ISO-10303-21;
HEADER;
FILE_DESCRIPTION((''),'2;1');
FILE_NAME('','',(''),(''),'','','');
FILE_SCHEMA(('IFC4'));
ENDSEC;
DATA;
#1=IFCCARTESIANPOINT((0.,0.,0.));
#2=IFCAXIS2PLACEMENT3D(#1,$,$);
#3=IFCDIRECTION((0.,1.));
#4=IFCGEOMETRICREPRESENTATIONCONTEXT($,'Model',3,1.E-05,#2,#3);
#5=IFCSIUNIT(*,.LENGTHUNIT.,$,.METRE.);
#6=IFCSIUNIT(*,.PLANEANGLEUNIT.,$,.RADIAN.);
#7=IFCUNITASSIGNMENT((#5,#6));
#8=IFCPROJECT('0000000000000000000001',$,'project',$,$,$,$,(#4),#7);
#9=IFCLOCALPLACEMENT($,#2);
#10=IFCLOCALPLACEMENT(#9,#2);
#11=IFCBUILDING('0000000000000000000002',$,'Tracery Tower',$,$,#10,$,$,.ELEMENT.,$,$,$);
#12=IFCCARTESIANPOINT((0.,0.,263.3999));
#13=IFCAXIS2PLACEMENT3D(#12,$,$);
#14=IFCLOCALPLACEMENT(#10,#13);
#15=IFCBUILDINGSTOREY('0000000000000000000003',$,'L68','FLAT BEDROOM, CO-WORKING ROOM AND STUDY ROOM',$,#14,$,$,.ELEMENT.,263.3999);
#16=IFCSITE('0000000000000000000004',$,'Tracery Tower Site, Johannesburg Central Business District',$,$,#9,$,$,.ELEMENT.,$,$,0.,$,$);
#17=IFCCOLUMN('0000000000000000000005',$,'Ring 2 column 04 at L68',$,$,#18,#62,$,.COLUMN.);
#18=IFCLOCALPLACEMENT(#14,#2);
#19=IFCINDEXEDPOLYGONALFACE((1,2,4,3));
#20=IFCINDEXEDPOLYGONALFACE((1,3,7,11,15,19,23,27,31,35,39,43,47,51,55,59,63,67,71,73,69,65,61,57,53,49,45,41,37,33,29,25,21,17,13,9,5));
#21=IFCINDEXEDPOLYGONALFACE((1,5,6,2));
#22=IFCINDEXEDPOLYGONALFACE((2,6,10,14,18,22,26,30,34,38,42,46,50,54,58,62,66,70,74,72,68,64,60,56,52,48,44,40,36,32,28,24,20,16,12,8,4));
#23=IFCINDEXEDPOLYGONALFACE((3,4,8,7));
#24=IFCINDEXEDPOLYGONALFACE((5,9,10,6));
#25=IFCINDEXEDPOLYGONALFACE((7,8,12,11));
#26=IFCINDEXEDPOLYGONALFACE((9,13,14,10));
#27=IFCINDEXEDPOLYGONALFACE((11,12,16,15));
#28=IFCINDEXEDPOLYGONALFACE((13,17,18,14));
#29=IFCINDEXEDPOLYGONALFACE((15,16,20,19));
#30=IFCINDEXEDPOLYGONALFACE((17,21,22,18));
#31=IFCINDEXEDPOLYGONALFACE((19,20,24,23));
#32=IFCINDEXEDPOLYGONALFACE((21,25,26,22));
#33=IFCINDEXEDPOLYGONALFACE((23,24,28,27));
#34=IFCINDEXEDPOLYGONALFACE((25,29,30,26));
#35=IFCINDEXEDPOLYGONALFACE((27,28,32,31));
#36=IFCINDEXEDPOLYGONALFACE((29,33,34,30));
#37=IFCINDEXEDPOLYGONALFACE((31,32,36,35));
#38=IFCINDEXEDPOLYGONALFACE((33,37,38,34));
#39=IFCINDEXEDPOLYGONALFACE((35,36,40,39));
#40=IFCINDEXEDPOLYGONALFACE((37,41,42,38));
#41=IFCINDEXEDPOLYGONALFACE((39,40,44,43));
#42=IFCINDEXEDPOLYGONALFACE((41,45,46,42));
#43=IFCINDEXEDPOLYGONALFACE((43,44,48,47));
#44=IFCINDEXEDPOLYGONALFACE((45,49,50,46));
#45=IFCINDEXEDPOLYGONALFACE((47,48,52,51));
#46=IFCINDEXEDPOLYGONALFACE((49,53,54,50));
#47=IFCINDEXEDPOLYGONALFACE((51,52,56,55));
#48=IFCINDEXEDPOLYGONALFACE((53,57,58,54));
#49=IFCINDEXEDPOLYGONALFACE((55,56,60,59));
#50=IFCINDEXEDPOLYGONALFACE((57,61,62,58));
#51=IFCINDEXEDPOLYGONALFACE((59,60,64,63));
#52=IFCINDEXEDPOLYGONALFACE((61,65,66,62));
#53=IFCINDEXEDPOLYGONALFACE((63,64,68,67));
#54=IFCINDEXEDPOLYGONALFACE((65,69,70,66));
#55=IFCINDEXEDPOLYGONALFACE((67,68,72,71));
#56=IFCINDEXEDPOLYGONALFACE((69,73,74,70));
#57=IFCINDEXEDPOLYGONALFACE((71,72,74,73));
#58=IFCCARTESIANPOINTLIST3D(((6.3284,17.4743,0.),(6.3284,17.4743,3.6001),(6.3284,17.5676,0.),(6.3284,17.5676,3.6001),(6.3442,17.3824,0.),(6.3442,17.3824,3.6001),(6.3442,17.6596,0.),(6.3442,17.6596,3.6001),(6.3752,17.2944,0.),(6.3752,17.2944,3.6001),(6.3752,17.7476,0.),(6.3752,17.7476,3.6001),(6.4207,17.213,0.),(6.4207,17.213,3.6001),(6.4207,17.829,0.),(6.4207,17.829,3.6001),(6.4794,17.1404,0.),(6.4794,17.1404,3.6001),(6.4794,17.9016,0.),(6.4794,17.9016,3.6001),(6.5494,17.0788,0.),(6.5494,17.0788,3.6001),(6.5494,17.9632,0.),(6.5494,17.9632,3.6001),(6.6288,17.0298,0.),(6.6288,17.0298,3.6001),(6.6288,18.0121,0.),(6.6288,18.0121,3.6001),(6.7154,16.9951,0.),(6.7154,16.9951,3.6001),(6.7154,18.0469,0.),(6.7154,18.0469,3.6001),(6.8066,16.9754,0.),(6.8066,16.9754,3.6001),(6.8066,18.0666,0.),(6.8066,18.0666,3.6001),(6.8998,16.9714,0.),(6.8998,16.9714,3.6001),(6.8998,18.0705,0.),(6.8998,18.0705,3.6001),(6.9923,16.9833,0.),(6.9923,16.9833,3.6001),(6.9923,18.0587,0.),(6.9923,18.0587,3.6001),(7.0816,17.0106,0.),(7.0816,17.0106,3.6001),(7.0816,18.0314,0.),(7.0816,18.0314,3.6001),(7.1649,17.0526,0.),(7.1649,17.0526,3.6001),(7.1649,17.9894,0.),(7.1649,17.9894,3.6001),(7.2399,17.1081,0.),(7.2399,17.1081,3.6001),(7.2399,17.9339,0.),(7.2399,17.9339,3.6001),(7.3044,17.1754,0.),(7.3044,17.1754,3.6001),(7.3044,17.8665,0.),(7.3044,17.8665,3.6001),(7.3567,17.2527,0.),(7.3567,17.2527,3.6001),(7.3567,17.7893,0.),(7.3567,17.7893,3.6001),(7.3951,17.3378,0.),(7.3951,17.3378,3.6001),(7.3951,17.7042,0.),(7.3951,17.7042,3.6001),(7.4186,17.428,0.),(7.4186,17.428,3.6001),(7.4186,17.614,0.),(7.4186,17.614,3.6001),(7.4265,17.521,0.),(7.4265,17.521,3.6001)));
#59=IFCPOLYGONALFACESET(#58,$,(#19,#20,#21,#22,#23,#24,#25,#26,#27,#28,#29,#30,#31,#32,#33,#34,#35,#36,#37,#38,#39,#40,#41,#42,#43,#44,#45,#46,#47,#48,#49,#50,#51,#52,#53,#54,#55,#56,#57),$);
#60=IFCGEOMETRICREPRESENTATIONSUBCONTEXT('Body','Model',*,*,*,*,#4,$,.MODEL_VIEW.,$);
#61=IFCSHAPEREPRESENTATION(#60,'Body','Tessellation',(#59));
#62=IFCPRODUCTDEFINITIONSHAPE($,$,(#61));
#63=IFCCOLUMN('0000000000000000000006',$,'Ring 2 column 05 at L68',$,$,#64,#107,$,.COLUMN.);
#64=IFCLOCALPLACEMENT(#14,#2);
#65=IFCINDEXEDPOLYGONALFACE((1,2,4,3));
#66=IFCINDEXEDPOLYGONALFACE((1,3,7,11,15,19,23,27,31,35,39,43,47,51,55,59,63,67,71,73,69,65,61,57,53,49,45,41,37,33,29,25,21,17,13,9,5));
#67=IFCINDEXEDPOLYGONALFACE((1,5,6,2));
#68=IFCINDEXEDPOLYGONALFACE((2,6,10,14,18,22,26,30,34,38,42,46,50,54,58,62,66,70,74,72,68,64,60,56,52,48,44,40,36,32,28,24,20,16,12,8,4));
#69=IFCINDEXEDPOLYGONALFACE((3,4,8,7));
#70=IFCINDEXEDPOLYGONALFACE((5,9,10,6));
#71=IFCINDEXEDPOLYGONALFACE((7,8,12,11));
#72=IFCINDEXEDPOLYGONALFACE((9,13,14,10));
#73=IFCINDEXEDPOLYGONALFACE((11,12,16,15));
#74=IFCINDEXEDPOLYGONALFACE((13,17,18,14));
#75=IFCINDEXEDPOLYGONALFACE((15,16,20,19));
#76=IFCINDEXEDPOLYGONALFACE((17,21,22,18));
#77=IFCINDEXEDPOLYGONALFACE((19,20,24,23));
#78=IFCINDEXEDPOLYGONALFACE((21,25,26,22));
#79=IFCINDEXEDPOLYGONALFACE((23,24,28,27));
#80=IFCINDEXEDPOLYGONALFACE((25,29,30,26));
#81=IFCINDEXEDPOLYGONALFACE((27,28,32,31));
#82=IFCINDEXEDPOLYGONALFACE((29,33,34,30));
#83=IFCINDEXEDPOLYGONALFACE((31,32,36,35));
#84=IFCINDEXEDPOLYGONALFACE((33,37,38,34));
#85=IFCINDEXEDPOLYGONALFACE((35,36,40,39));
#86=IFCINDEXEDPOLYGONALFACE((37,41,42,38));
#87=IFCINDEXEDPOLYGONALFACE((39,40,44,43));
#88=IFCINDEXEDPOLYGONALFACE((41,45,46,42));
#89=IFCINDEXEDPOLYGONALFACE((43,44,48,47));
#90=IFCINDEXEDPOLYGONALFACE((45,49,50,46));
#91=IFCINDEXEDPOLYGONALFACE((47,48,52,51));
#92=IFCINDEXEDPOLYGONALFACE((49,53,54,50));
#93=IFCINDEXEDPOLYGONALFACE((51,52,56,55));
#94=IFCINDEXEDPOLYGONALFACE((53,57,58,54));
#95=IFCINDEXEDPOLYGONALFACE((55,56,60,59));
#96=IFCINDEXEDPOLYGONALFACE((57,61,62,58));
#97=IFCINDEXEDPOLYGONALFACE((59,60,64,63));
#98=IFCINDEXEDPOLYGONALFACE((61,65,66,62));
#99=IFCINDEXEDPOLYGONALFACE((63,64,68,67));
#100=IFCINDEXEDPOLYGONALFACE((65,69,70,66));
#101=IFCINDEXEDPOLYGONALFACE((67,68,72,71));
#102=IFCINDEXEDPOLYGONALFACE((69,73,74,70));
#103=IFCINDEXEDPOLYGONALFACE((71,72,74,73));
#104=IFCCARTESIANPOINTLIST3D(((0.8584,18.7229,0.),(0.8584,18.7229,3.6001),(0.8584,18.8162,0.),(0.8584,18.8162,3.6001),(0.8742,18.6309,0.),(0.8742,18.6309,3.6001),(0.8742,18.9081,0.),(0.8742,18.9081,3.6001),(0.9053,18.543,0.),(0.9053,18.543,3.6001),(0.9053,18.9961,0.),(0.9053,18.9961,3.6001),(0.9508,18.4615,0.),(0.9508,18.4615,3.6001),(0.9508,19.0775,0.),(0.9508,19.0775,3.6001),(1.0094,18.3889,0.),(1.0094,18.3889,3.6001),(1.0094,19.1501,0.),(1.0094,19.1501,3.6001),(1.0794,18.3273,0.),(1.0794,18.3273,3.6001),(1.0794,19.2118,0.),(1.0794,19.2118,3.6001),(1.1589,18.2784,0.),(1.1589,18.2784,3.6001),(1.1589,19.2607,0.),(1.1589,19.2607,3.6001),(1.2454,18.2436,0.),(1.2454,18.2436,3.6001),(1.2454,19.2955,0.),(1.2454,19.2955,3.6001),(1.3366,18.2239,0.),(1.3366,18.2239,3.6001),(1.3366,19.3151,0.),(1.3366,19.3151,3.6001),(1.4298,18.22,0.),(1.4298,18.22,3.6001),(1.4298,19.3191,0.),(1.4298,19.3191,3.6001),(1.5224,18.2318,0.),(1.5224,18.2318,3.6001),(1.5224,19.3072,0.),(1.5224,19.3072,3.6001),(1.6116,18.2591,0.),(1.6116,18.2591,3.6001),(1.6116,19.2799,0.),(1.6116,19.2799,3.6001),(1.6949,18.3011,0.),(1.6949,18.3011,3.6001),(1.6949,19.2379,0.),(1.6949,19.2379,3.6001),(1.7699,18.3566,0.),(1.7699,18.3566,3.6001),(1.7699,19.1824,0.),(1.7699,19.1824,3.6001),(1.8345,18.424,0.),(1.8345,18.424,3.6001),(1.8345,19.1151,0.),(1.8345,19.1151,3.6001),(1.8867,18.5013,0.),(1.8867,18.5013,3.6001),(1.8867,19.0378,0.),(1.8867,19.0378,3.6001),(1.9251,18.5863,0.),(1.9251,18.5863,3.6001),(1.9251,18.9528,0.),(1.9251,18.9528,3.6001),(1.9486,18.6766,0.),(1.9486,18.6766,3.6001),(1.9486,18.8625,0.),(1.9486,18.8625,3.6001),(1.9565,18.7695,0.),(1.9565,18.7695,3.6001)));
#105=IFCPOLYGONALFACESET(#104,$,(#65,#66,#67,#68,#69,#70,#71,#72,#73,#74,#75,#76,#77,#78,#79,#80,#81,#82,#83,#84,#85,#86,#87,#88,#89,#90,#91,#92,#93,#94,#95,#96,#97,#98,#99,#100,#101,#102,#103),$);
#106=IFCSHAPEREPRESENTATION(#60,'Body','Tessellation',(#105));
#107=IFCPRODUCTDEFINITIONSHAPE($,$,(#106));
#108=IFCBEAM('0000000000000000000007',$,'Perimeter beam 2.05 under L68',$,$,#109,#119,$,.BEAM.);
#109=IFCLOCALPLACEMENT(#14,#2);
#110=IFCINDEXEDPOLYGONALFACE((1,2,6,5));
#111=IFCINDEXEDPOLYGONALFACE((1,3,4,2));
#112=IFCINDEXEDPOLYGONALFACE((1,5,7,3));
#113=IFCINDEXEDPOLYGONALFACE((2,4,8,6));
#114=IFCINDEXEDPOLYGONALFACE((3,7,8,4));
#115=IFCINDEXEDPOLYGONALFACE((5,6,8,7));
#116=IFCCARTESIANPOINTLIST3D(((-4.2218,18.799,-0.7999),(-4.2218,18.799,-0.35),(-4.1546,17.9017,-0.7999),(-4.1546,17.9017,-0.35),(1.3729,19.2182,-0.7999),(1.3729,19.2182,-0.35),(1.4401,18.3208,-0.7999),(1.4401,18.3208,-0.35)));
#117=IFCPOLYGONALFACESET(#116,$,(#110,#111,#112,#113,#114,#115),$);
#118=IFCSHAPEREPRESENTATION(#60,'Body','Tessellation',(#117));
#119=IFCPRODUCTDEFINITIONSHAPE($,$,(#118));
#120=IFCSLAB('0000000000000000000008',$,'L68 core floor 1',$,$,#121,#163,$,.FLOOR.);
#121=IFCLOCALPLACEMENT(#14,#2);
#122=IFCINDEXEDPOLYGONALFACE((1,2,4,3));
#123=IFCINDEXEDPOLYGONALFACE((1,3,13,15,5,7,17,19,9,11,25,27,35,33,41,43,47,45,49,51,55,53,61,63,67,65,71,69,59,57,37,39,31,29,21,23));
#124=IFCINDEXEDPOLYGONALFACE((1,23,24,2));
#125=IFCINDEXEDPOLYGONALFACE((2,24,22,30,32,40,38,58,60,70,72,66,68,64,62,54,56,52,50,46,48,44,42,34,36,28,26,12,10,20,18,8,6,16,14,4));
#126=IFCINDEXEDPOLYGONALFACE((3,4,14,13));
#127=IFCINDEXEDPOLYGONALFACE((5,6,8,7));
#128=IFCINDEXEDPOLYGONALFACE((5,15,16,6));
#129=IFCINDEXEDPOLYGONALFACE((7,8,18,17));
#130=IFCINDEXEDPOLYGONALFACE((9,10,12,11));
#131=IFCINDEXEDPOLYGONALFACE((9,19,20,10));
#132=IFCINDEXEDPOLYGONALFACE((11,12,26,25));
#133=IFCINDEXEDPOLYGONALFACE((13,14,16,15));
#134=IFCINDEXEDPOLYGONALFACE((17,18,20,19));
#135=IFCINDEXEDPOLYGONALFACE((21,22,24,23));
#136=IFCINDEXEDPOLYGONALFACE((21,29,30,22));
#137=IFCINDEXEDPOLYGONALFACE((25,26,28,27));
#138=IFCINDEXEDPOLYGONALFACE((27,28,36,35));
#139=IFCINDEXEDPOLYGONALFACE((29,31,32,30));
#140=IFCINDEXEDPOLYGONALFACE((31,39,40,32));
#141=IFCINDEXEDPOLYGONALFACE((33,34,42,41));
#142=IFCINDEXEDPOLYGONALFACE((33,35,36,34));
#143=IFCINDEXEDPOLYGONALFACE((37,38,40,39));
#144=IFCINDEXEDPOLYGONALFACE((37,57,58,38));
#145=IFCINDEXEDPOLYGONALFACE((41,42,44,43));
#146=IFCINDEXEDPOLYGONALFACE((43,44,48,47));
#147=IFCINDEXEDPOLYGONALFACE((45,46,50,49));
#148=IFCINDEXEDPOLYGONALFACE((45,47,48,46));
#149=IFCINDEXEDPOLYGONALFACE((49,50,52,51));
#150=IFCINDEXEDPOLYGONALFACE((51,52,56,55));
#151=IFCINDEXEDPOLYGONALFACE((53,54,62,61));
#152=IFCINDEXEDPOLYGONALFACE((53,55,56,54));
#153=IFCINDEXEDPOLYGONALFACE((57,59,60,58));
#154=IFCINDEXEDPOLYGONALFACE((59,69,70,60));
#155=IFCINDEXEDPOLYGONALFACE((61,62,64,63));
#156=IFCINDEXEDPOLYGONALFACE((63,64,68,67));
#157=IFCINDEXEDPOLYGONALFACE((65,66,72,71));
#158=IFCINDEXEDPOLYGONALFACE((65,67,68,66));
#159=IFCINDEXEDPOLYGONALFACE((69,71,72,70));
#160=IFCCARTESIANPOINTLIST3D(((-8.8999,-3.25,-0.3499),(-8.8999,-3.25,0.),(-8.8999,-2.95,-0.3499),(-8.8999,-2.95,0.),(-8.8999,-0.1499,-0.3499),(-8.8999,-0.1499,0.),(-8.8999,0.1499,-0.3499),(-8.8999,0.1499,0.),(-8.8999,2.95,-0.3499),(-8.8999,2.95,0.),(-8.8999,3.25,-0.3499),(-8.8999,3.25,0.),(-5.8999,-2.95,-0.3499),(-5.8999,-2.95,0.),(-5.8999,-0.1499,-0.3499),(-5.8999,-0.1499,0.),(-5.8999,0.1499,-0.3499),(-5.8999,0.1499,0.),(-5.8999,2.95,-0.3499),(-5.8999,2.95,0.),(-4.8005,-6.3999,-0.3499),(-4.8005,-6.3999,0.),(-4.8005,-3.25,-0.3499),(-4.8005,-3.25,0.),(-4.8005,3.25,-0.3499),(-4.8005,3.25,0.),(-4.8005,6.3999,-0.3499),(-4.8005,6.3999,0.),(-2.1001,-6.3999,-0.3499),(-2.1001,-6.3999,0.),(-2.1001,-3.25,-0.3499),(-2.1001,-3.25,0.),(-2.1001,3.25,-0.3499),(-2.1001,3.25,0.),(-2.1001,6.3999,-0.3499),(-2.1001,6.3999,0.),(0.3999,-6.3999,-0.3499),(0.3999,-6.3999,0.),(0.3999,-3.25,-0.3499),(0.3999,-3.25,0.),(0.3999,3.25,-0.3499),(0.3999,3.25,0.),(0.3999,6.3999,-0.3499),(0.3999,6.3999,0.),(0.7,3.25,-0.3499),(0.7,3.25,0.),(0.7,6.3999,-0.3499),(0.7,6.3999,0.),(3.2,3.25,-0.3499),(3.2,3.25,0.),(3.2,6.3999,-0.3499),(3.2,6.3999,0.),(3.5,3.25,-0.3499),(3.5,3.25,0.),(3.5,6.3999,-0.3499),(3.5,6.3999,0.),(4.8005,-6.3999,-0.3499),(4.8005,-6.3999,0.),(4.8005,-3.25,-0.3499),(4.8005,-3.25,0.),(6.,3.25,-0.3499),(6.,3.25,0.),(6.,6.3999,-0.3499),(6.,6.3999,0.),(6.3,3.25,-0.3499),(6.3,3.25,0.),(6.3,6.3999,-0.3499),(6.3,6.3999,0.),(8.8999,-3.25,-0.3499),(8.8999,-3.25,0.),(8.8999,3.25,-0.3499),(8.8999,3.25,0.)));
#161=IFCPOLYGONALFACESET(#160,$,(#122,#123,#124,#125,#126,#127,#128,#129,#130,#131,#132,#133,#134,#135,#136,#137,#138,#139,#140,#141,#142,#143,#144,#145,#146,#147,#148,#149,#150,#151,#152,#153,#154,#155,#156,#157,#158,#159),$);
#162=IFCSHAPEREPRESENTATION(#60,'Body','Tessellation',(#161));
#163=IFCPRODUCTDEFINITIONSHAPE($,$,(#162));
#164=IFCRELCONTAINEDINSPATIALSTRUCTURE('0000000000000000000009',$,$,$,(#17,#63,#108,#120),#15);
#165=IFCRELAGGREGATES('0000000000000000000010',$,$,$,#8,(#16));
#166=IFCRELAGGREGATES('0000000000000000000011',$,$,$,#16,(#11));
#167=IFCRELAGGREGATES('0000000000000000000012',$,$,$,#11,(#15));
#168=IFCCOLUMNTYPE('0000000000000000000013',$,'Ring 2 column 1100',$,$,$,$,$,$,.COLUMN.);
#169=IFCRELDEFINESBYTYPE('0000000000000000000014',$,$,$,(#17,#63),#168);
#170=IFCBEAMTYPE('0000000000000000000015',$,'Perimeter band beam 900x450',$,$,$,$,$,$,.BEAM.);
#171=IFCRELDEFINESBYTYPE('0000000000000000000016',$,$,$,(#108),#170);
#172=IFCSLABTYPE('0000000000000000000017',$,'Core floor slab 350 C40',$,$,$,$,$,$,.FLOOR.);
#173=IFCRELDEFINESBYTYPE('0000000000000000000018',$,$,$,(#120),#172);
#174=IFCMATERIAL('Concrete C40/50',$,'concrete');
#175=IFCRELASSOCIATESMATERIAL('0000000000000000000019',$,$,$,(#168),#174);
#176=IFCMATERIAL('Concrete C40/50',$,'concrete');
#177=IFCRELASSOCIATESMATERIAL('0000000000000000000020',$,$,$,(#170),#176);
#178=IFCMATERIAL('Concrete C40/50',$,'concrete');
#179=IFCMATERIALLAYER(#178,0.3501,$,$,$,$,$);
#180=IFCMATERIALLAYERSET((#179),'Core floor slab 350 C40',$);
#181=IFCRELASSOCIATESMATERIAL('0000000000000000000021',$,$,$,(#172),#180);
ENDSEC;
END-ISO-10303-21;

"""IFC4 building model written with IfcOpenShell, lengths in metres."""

from ifc_helpers import new_model, si_unit, direction, frame, origin, origin_2d, place, context, subcontext, project, spatial, polyline, rectangle, circle, outline, extrude, material, layer, layer_set, material_profile, profile_set, type_object, element, save


model = new_model("IFC4")

# Units and contexts
model_context = context("Model", 3, precision=1e-05, world=origin(), true_north=direction((0.0, 1.0)))
body_context = subcontext(model_context, "Body", "Model", "MODEL_VIEW")
ifc_project = project(units=[si_unit("LENGTHUNIT", "METRE"), si_unit("PLANEANGLEUNIT", "RADIAN")], contexts=[model_context])

# Site, building, storey
site_placement = place(None, origin())
site = spatial("IfcSite", under=ifc_project, at=site_placement, Name="Tracery Tower Site, Johannesburg Central Business District", CompositionType="ELEMENT", RefElevation=0.0)
building_placement = place(site_placement, origin())
building = spatial("IfcBuilding", under=site, at=building_placement, Name="Tracery Tower", CompositionType="ELEMENT")
storey_placement = place(building_placement, frame((0.0, 0.0, 263.3999)))
storey = spatial("IfcBuildingStorey", under=building, at=storey_placement, Name="L68", Description="FLAT BEDROOM, CO-WORKING ROOM AND STUDY ROOM", CompositionType="ELEMENT", Elevation=263.3999)

# Columns
ifc_material_1 = material(Name="Concrete C40/50", Category="concrete")
ifc_material_profile_1 = material_profile(ifc_material_1, circle(Radius=0.55, at=origin_2d()), Name="RC D1100")
ifc_profile_set_1 = profile_set([ifc_material_profile_1], Name="Concrete C40/50")
column_type = type_object("IfcColumnType", Name="Ring 2 column 1100", PredefinedType="COLUMN", material=ifc_profile_set_1)
for number, where, z_axis, x_axis, name in (
    (1, (6.8765, 17.521, 0.0), (0.0, 0.0, 1.0), (1.0, 0.0, 0.0), "Ring 2 column 04 at L68"),
    (2, (1.4065, 18.7695, 0.0), (0.0, 0.0, 1.0), (1.0, 0.0, 0.0), "Ring 2 column 05 at L68"),
):
    element("IfcColumn", number, at=place(storey_placement, frame(where, z_axis=z_axis, x_axis=x_axis)), inside=storey, type_object=column_type, Name=name, PredefinedType="COLUMN", context=body_context, shape_type="SweptSolid", body=[
        extrude(circle(Radius=0.55, at=origin_2d()), origin(), (0.0, 0.0, 1.0), 3.6001),
    ])

# Beam
ifc_material_2 = material(Name="Concrete C40/50", Category="concrete")
ifc_material_profile_2 = material_profile(ifc_material_2, rectangle(XDim=0.8999, YDim=0.45, at=origin_2d()), Name="RC 900x450")
ifc_profile_set_2 = profile_set([ifc_material_profile_2], Name="Concrete C40/50")
beam_type = type_object("IfcBeamType", Name="Perimeter band beam 900x450", PredefinedType="BEAM", material=ifc_profile_set_2)
beam_placement = place(storey_placement, frame((1.4065, 18.7695, -0.575), z_axis=(-0.997205, -0.074716, 0.0), x_axis=(0.074716, -0.997205, 0.0)))
element("IfcBeam", 3, at=beam_placement, inside=storey, type_object=beam_type, Name="Perimeter beam 2.05 under L68", PredefinedType="BEAM", context=body_context, shape_type="SweptSolid", body=[
    extrude(rectangle(XDim=0.8999, YDim=0.45, at=origin_2d()), origin(), (0.0, 0.0, 1.0), 5.6104),
])

# Slab
ifc_material_3 = material(Name="Concrete C40/50", Category="concrete")
ifc_layer_1 = layer(ifc_material_3, 0.3501)
ifc_layer_set_1 = layer_set([ifc_layer_1], Name="Core floor slab 350 C40")
slab_type_1 = type_object("IfcSlabType", Name="Core floor slab 350 C40", PredefinedType="FLOOR", material=ifc_layer_set_1)
slab_1_placement = place(storey_placement, frame((0.0, 0.0, -0.3499)))
element("IfcSlab", 4, at=slab_1_placement, inside=storey, type_object=slab_type_1, Name="L68 core floor 1", PredefinedType="FLOOR", context=body_context, shape_type="SweptSolid", body=[
    extrude(outline(polyline([(-4.8005, -3.25), (-8.8999, -3.25), (-8.8999, -2.95), (-5.8999, -2.95), (-5.8999, -0.1499), (-8.8999, -0.1499), (-8.8999, 0.1499), (-5.8999, 0.1499), (-5.8999, 2.95), (-8.8999, 2.95), (-8.8999, 3.25), (-4.8005, 3.25), (-4.8005, 6.3999), (-2.1001, 6.3999), (-2.1001, 3.25), (0.3999, 3.25), (0.3999, 6.3999), (0.7, 6.3999), (0.7, 3.25), (3.2, 3.25), (3.2, 6.3999), (3.5, 6.3999), (3.5, 3.25), (6.0, 3.25), (6.0, 6.3999), (6.3, 6.3999), (6.3, 3.25), (8.8999, 3.25), (8.8999, -3.25), (4.8005, -3.25), (4.8005, -6.3999), (0.3999, -6.3999), (0.3999, -3.25), (-2.1001, -3.25), (-2.1001, -6.3999), (-4.8005, -6.3999), (-4.8005, -3.25)])), origin(), (0.0, 0.0, 1.0), 0.3499),
])

save(model, "model.ifc")
